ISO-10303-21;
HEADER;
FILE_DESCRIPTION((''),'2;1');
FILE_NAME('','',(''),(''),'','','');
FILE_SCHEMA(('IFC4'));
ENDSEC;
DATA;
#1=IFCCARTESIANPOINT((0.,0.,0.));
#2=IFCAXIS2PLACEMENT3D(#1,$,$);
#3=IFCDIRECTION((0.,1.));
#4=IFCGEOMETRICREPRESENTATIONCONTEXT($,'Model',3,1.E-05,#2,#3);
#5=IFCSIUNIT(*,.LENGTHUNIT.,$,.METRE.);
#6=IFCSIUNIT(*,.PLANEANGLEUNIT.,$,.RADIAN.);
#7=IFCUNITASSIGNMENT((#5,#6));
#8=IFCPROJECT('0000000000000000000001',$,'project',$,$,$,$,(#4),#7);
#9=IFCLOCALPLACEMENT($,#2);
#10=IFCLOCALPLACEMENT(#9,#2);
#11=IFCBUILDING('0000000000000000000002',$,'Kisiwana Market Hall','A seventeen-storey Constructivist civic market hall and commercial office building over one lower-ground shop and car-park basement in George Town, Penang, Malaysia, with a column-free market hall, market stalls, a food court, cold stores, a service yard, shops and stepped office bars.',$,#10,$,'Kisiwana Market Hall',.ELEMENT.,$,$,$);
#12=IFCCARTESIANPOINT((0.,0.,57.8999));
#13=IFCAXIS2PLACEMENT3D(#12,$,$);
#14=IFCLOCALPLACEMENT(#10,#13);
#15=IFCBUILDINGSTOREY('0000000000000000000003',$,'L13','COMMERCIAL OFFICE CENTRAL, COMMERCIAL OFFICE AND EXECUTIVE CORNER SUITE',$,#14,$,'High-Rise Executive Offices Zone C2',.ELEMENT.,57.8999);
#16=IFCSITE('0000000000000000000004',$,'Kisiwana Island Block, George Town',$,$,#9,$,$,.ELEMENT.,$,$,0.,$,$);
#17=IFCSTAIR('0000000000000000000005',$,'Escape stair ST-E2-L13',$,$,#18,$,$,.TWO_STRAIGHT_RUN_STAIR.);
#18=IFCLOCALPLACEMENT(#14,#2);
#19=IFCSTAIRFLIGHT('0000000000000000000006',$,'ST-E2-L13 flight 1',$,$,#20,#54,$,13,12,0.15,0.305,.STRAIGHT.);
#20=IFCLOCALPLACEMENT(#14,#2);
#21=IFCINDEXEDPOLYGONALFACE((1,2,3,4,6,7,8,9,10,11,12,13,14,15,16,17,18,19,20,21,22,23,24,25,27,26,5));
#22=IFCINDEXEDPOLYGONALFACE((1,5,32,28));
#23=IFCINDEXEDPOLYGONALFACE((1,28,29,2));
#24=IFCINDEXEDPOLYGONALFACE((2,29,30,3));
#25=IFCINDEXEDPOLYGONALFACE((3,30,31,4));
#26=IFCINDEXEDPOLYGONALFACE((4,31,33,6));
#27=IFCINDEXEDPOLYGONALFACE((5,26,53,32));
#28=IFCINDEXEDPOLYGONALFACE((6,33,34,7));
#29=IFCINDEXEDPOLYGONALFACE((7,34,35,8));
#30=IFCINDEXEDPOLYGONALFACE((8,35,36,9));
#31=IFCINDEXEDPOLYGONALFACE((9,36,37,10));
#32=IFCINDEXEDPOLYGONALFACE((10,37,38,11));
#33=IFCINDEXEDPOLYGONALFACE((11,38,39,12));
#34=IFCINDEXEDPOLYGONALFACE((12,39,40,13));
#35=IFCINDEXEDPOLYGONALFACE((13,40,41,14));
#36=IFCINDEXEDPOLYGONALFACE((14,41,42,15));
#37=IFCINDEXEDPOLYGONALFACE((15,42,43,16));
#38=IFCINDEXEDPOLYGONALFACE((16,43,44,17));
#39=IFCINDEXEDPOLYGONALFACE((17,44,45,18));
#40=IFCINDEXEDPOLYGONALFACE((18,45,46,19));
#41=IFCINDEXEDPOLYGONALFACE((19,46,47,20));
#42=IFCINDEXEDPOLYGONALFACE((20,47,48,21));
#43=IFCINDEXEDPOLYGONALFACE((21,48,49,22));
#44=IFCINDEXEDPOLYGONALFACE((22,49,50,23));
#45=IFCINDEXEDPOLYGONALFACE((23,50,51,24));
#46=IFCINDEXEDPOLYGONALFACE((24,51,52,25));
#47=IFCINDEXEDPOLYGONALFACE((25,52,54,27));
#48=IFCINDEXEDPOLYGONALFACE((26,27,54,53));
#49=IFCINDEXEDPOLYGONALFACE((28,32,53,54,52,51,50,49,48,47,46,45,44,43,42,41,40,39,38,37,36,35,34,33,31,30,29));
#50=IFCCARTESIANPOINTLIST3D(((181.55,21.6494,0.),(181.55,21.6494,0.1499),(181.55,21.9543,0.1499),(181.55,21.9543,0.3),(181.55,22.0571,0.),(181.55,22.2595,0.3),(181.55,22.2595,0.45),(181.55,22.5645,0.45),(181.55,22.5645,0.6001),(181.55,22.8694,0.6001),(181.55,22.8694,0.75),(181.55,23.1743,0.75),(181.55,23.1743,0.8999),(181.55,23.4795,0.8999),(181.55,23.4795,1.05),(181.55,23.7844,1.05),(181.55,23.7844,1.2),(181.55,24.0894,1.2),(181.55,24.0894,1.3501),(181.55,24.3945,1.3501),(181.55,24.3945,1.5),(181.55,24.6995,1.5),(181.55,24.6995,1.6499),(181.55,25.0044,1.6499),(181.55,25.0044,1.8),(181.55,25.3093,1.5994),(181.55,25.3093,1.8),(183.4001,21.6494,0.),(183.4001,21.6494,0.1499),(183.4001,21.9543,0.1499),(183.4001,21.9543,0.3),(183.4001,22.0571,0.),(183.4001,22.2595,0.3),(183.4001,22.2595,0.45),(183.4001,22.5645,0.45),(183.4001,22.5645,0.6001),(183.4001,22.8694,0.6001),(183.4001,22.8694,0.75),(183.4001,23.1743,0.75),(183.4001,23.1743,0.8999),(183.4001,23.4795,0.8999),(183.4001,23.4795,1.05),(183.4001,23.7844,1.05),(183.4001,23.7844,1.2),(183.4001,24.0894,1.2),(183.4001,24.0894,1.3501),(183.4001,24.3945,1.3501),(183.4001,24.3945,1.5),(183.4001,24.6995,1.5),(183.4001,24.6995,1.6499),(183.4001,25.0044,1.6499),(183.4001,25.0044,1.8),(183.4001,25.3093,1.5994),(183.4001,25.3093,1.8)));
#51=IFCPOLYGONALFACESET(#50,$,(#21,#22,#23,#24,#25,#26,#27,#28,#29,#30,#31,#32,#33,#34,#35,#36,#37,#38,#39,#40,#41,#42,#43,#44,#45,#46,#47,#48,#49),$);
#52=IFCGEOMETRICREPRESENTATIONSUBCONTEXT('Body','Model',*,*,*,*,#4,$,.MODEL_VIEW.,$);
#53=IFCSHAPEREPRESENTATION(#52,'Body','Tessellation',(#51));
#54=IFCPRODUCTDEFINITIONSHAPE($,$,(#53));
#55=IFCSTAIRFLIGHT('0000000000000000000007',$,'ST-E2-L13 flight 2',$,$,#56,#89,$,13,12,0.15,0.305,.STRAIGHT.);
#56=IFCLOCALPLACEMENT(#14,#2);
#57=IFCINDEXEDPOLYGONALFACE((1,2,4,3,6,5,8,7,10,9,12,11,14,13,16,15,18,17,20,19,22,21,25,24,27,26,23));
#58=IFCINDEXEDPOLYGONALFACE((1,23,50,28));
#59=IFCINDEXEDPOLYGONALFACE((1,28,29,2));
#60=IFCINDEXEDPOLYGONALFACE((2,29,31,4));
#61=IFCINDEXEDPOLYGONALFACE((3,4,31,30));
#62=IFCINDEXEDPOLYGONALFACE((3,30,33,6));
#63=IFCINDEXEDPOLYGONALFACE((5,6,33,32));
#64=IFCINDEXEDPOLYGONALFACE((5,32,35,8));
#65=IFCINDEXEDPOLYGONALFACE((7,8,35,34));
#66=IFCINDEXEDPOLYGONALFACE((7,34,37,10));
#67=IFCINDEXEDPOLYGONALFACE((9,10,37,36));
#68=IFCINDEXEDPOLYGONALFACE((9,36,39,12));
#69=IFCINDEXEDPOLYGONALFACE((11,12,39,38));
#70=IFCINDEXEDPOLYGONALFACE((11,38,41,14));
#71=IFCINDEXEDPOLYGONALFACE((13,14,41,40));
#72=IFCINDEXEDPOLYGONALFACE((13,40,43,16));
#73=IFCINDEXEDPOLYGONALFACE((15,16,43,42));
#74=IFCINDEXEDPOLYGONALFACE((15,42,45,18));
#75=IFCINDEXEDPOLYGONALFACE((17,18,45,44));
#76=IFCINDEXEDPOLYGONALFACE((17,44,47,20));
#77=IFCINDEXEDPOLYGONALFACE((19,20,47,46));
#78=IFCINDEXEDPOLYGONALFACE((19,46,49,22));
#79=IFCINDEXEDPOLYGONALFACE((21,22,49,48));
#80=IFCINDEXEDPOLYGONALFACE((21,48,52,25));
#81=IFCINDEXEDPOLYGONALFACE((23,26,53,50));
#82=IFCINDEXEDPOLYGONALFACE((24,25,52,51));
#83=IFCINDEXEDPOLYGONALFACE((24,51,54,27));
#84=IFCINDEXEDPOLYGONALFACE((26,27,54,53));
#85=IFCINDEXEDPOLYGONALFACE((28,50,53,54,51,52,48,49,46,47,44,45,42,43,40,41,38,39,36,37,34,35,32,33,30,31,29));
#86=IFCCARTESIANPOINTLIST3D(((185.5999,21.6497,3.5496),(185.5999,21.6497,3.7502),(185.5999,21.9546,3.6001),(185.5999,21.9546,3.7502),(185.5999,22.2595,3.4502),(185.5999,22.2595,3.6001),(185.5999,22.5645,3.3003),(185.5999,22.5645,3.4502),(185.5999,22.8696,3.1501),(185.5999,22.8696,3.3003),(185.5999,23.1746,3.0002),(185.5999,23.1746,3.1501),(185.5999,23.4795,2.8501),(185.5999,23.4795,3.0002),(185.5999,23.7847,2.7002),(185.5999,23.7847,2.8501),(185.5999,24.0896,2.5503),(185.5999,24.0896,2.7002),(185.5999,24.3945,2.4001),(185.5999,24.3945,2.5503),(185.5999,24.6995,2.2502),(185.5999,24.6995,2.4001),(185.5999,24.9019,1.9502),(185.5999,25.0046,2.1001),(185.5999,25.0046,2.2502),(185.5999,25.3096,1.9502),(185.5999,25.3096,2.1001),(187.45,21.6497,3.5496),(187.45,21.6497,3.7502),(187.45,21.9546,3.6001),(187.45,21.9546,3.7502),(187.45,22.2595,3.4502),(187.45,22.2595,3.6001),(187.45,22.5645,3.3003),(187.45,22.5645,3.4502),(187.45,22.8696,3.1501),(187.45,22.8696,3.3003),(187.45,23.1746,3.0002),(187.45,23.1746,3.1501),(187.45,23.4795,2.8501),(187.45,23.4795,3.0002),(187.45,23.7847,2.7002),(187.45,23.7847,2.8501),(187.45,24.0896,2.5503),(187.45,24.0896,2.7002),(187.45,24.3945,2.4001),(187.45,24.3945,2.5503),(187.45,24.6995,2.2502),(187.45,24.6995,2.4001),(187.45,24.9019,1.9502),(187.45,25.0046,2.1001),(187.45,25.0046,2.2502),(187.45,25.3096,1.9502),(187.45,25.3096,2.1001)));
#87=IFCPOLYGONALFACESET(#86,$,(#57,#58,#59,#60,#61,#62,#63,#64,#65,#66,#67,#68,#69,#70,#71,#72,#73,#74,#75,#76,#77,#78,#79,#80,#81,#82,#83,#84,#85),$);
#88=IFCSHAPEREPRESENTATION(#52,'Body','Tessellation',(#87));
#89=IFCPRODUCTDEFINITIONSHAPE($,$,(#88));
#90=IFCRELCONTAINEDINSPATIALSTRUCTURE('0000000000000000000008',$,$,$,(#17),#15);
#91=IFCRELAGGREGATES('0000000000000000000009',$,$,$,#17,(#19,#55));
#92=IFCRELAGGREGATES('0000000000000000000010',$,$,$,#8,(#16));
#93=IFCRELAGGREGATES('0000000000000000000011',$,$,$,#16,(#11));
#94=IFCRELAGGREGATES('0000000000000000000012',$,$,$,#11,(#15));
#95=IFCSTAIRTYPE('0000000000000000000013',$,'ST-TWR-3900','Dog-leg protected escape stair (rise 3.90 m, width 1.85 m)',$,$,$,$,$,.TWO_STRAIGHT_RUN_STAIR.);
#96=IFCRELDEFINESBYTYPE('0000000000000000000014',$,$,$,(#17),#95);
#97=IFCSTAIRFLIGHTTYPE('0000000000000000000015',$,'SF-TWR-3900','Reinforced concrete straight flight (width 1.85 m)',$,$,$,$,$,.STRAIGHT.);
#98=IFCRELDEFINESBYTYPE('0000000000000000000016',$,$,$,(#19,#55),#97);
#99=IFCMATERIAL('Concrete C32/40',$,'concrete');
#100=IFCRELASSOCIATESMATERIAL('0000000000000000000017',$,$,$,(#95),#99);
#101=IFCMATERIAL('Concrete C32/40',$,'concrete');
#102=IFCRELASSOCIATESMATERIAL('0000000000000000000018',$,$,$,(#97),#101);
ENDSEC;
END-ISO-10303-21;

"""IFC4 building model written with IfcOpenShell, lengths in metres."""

from ifc_helpers import new_model, si_unit, direction, frame, origin, place, context, subcontext, project, spatial, polyline, outline, extrude, material, type_object, element, aggregate, save


model = new_model("IFC4")

# Units and contexts
model_context = context("Model", 3, precision=1e-05, world=origin(), true_north=direction((0.0, 1.0)))
body_context = subcontext(model_context, "Body", "Model", "MODEL_VIEW")
ifc_project = project(units=[si_unit("LENGTHUNIT", "METRE"), si_unit("PLANEANGLEUNIT", "RADIAN")], contexts=[model_context])

# Site, building, storey
site_placement = place(None, origin())
site = spatial("IfcSite", under=ifc_project, at=site_placement, Name="Kisiwana Island Block, George Town", CompositionType="ELEMENT", RefElevation=0.0)
building_placement = place(site_placement, origin())
building = spatial("IfcBuilding", under=site, at=building_placement, Name="Kisiwana Market Hall", Description="A seventeen-storey Constructivist civic market hall and commercial office building over one lower-ground shop and car-park basement in George Town, Penang, Malaysia, with a column-free market hall, market stalls, a food court, cold stores, a service yard, shops and stepped office bars.", LongName="Kisiwana Market Hall", CompositionType="ELEMENT")
storey_placement = place(building_placement, frame((0.0, 0.0, 57.8999)))
storey = spatial("IfcBuildingStorey", under=building, at=storey_placement, Name="L13", Description="COMMERCIAL OFFICE CENTRAL, COMMERCIAL OFFICE AND EXECUTIVE CORNER SUITE", LongName="High-Rise Executive Offices Zone C2", CompositionType="ELEMENT", Elevation=57.8999)

# Stair, stair flights
ifc_material_1 = material(Name="Concrete C32/40", Category="concrete")
stair_type = type_object("IfcStairType", Name="ST-TWR-3900", Description="Dog-leg protected escape stair (rise 3.90 m, width 1.85 m)", PredefinedType="TWO_STRAIGHT_RUN_STAIR", material=ifc_material_1)
stair_placement = place(storey_placement, origin())
stair = element("IfcStair", 1, at=stair_placement, inside=storey, type_object=stair_type, Name="Escape stair ST-E2-L13", PredefinedType="TWO_STRAIGHT_RUN_STAIR")
ifc_material_2 = material(Name="Concrete C32/40", Category="concrete")
stair_flight_type = type_object("IfcStairFlightType", Name="SF-TWR-3900", Description="Reinforced concrete straight flight (width 1.85 m)", PredefinedType="STRAIGHT", material=ifc_material_2)
stair_flight_1_placement = place(storey_placement, frame((182.4751, 21.6494, 0.0), z_axis=(0.0, 0.0, 1.0), x_axis=(0.0, 1.0, 0.0)))
stair_flight_1 = element("IfcStairFlight", 2, at=stair_flight_1_placement, type_object=stair_flight_type, Name="ST-E2-L13 flight 1", NumberOfRisers=13, NumberOfTreads=12, PredefinedType="STRAIGHT", RiserHeight=0.15, TreadLength=0.305, context=body_context, shape_type="SweptSolid", body=[
    extrude(outline(polyline([(0.0, 0.0), (0.0, 0.1499), (0.3049, 0.1499), (0.3049, 0.3), (0.6101, 0.3), (0.6101, 0.45), (0.915, 0.45), (0.915, 0.6001), (1.22, 0.6001), (1.22, 0.75), (1.5249, 0.75), (1.5249, 0.8999), (1.8301, 0.8999), (1.8301, 1.05), (2.135, 1.05), (2.135, 1.2), (2.4399, 1.2), (2.4399, 1.3501), (2.7451, 1.3501), (2.7451, 1.5), (3.05, 1.5), (3.05, 1.6499), (3.355, 1.6499), (3.355, 1.8), (3.6599, 1.8), (3.6599, 1.95), (3.6599, 1.5994), (0.4077, 0.0), (0.0, 0.0)])), frame((0.0, 0.925, 0.0), z_axis=(0.0, -1.0, 0.0), x_axis=(1.0, 0.0, 0.0)), (0.0, 0.0, 1.0), 1.8501),
])
stair_flight_2_placement = place(storey_placement, frame((186.5249, 25.3096, 1.9502), z_axis=(0.0, 0.0, 1.0), x_axis=(0.0, -1.0, 0.0)))
stair_flight_2 = element("IfcStairFlight", 3, at=stair_flight_2_placement, type_object=stair_flight_type, Name="ST-E2-L13 flight 2", NumberOfRisers=13, NumberOfTreads=12, PredefinedType="STRAIGHT", RiserHeight=0.15, TreadLength=0.305, context=body_context, shape_type="SweptSolid", body=[
    extrude(outline(polyline([(0.0, 0.0), (0.0, 0.1499), (0.3049, 0.1499), (0.3049, 0.3), (0.6101, 0.3), (0.6101, 0.45), (0.915, 0.45), (0.915, 0.6001), (1.22, 0.6001), (1.22, 0.75), (1.5249, 0.75), (1.5249, 0.8999), (1.8301, 0.8999), (1.8301, 1.05), (2.135, 1.05), (2.135, 1.2), (2.4399, 1.2), (2.4399, 1.3501), (2.7451, 1.3501), (2.7451, 1.5), (3.05, 1.5), (3.05, 1.6499), (3.355, 1.6499), (3.355, 1.8), (3.6599, 1.8), (3.6599, 1.95), (3.6599, 1.5994), (0.4077, 0.0), (0.0, 0.0)])), frame((0.0, 0.925, 0.0), z_axis=(0.0, -1.0, 0.0), x_axis=(1.0, 0.0, 0.0)), (0.0, 0.0, 1.0), 1.8501),
])
aggregate(stair, [stair_flight_1, stair_flight_2])

save(model, "model.ifc")
